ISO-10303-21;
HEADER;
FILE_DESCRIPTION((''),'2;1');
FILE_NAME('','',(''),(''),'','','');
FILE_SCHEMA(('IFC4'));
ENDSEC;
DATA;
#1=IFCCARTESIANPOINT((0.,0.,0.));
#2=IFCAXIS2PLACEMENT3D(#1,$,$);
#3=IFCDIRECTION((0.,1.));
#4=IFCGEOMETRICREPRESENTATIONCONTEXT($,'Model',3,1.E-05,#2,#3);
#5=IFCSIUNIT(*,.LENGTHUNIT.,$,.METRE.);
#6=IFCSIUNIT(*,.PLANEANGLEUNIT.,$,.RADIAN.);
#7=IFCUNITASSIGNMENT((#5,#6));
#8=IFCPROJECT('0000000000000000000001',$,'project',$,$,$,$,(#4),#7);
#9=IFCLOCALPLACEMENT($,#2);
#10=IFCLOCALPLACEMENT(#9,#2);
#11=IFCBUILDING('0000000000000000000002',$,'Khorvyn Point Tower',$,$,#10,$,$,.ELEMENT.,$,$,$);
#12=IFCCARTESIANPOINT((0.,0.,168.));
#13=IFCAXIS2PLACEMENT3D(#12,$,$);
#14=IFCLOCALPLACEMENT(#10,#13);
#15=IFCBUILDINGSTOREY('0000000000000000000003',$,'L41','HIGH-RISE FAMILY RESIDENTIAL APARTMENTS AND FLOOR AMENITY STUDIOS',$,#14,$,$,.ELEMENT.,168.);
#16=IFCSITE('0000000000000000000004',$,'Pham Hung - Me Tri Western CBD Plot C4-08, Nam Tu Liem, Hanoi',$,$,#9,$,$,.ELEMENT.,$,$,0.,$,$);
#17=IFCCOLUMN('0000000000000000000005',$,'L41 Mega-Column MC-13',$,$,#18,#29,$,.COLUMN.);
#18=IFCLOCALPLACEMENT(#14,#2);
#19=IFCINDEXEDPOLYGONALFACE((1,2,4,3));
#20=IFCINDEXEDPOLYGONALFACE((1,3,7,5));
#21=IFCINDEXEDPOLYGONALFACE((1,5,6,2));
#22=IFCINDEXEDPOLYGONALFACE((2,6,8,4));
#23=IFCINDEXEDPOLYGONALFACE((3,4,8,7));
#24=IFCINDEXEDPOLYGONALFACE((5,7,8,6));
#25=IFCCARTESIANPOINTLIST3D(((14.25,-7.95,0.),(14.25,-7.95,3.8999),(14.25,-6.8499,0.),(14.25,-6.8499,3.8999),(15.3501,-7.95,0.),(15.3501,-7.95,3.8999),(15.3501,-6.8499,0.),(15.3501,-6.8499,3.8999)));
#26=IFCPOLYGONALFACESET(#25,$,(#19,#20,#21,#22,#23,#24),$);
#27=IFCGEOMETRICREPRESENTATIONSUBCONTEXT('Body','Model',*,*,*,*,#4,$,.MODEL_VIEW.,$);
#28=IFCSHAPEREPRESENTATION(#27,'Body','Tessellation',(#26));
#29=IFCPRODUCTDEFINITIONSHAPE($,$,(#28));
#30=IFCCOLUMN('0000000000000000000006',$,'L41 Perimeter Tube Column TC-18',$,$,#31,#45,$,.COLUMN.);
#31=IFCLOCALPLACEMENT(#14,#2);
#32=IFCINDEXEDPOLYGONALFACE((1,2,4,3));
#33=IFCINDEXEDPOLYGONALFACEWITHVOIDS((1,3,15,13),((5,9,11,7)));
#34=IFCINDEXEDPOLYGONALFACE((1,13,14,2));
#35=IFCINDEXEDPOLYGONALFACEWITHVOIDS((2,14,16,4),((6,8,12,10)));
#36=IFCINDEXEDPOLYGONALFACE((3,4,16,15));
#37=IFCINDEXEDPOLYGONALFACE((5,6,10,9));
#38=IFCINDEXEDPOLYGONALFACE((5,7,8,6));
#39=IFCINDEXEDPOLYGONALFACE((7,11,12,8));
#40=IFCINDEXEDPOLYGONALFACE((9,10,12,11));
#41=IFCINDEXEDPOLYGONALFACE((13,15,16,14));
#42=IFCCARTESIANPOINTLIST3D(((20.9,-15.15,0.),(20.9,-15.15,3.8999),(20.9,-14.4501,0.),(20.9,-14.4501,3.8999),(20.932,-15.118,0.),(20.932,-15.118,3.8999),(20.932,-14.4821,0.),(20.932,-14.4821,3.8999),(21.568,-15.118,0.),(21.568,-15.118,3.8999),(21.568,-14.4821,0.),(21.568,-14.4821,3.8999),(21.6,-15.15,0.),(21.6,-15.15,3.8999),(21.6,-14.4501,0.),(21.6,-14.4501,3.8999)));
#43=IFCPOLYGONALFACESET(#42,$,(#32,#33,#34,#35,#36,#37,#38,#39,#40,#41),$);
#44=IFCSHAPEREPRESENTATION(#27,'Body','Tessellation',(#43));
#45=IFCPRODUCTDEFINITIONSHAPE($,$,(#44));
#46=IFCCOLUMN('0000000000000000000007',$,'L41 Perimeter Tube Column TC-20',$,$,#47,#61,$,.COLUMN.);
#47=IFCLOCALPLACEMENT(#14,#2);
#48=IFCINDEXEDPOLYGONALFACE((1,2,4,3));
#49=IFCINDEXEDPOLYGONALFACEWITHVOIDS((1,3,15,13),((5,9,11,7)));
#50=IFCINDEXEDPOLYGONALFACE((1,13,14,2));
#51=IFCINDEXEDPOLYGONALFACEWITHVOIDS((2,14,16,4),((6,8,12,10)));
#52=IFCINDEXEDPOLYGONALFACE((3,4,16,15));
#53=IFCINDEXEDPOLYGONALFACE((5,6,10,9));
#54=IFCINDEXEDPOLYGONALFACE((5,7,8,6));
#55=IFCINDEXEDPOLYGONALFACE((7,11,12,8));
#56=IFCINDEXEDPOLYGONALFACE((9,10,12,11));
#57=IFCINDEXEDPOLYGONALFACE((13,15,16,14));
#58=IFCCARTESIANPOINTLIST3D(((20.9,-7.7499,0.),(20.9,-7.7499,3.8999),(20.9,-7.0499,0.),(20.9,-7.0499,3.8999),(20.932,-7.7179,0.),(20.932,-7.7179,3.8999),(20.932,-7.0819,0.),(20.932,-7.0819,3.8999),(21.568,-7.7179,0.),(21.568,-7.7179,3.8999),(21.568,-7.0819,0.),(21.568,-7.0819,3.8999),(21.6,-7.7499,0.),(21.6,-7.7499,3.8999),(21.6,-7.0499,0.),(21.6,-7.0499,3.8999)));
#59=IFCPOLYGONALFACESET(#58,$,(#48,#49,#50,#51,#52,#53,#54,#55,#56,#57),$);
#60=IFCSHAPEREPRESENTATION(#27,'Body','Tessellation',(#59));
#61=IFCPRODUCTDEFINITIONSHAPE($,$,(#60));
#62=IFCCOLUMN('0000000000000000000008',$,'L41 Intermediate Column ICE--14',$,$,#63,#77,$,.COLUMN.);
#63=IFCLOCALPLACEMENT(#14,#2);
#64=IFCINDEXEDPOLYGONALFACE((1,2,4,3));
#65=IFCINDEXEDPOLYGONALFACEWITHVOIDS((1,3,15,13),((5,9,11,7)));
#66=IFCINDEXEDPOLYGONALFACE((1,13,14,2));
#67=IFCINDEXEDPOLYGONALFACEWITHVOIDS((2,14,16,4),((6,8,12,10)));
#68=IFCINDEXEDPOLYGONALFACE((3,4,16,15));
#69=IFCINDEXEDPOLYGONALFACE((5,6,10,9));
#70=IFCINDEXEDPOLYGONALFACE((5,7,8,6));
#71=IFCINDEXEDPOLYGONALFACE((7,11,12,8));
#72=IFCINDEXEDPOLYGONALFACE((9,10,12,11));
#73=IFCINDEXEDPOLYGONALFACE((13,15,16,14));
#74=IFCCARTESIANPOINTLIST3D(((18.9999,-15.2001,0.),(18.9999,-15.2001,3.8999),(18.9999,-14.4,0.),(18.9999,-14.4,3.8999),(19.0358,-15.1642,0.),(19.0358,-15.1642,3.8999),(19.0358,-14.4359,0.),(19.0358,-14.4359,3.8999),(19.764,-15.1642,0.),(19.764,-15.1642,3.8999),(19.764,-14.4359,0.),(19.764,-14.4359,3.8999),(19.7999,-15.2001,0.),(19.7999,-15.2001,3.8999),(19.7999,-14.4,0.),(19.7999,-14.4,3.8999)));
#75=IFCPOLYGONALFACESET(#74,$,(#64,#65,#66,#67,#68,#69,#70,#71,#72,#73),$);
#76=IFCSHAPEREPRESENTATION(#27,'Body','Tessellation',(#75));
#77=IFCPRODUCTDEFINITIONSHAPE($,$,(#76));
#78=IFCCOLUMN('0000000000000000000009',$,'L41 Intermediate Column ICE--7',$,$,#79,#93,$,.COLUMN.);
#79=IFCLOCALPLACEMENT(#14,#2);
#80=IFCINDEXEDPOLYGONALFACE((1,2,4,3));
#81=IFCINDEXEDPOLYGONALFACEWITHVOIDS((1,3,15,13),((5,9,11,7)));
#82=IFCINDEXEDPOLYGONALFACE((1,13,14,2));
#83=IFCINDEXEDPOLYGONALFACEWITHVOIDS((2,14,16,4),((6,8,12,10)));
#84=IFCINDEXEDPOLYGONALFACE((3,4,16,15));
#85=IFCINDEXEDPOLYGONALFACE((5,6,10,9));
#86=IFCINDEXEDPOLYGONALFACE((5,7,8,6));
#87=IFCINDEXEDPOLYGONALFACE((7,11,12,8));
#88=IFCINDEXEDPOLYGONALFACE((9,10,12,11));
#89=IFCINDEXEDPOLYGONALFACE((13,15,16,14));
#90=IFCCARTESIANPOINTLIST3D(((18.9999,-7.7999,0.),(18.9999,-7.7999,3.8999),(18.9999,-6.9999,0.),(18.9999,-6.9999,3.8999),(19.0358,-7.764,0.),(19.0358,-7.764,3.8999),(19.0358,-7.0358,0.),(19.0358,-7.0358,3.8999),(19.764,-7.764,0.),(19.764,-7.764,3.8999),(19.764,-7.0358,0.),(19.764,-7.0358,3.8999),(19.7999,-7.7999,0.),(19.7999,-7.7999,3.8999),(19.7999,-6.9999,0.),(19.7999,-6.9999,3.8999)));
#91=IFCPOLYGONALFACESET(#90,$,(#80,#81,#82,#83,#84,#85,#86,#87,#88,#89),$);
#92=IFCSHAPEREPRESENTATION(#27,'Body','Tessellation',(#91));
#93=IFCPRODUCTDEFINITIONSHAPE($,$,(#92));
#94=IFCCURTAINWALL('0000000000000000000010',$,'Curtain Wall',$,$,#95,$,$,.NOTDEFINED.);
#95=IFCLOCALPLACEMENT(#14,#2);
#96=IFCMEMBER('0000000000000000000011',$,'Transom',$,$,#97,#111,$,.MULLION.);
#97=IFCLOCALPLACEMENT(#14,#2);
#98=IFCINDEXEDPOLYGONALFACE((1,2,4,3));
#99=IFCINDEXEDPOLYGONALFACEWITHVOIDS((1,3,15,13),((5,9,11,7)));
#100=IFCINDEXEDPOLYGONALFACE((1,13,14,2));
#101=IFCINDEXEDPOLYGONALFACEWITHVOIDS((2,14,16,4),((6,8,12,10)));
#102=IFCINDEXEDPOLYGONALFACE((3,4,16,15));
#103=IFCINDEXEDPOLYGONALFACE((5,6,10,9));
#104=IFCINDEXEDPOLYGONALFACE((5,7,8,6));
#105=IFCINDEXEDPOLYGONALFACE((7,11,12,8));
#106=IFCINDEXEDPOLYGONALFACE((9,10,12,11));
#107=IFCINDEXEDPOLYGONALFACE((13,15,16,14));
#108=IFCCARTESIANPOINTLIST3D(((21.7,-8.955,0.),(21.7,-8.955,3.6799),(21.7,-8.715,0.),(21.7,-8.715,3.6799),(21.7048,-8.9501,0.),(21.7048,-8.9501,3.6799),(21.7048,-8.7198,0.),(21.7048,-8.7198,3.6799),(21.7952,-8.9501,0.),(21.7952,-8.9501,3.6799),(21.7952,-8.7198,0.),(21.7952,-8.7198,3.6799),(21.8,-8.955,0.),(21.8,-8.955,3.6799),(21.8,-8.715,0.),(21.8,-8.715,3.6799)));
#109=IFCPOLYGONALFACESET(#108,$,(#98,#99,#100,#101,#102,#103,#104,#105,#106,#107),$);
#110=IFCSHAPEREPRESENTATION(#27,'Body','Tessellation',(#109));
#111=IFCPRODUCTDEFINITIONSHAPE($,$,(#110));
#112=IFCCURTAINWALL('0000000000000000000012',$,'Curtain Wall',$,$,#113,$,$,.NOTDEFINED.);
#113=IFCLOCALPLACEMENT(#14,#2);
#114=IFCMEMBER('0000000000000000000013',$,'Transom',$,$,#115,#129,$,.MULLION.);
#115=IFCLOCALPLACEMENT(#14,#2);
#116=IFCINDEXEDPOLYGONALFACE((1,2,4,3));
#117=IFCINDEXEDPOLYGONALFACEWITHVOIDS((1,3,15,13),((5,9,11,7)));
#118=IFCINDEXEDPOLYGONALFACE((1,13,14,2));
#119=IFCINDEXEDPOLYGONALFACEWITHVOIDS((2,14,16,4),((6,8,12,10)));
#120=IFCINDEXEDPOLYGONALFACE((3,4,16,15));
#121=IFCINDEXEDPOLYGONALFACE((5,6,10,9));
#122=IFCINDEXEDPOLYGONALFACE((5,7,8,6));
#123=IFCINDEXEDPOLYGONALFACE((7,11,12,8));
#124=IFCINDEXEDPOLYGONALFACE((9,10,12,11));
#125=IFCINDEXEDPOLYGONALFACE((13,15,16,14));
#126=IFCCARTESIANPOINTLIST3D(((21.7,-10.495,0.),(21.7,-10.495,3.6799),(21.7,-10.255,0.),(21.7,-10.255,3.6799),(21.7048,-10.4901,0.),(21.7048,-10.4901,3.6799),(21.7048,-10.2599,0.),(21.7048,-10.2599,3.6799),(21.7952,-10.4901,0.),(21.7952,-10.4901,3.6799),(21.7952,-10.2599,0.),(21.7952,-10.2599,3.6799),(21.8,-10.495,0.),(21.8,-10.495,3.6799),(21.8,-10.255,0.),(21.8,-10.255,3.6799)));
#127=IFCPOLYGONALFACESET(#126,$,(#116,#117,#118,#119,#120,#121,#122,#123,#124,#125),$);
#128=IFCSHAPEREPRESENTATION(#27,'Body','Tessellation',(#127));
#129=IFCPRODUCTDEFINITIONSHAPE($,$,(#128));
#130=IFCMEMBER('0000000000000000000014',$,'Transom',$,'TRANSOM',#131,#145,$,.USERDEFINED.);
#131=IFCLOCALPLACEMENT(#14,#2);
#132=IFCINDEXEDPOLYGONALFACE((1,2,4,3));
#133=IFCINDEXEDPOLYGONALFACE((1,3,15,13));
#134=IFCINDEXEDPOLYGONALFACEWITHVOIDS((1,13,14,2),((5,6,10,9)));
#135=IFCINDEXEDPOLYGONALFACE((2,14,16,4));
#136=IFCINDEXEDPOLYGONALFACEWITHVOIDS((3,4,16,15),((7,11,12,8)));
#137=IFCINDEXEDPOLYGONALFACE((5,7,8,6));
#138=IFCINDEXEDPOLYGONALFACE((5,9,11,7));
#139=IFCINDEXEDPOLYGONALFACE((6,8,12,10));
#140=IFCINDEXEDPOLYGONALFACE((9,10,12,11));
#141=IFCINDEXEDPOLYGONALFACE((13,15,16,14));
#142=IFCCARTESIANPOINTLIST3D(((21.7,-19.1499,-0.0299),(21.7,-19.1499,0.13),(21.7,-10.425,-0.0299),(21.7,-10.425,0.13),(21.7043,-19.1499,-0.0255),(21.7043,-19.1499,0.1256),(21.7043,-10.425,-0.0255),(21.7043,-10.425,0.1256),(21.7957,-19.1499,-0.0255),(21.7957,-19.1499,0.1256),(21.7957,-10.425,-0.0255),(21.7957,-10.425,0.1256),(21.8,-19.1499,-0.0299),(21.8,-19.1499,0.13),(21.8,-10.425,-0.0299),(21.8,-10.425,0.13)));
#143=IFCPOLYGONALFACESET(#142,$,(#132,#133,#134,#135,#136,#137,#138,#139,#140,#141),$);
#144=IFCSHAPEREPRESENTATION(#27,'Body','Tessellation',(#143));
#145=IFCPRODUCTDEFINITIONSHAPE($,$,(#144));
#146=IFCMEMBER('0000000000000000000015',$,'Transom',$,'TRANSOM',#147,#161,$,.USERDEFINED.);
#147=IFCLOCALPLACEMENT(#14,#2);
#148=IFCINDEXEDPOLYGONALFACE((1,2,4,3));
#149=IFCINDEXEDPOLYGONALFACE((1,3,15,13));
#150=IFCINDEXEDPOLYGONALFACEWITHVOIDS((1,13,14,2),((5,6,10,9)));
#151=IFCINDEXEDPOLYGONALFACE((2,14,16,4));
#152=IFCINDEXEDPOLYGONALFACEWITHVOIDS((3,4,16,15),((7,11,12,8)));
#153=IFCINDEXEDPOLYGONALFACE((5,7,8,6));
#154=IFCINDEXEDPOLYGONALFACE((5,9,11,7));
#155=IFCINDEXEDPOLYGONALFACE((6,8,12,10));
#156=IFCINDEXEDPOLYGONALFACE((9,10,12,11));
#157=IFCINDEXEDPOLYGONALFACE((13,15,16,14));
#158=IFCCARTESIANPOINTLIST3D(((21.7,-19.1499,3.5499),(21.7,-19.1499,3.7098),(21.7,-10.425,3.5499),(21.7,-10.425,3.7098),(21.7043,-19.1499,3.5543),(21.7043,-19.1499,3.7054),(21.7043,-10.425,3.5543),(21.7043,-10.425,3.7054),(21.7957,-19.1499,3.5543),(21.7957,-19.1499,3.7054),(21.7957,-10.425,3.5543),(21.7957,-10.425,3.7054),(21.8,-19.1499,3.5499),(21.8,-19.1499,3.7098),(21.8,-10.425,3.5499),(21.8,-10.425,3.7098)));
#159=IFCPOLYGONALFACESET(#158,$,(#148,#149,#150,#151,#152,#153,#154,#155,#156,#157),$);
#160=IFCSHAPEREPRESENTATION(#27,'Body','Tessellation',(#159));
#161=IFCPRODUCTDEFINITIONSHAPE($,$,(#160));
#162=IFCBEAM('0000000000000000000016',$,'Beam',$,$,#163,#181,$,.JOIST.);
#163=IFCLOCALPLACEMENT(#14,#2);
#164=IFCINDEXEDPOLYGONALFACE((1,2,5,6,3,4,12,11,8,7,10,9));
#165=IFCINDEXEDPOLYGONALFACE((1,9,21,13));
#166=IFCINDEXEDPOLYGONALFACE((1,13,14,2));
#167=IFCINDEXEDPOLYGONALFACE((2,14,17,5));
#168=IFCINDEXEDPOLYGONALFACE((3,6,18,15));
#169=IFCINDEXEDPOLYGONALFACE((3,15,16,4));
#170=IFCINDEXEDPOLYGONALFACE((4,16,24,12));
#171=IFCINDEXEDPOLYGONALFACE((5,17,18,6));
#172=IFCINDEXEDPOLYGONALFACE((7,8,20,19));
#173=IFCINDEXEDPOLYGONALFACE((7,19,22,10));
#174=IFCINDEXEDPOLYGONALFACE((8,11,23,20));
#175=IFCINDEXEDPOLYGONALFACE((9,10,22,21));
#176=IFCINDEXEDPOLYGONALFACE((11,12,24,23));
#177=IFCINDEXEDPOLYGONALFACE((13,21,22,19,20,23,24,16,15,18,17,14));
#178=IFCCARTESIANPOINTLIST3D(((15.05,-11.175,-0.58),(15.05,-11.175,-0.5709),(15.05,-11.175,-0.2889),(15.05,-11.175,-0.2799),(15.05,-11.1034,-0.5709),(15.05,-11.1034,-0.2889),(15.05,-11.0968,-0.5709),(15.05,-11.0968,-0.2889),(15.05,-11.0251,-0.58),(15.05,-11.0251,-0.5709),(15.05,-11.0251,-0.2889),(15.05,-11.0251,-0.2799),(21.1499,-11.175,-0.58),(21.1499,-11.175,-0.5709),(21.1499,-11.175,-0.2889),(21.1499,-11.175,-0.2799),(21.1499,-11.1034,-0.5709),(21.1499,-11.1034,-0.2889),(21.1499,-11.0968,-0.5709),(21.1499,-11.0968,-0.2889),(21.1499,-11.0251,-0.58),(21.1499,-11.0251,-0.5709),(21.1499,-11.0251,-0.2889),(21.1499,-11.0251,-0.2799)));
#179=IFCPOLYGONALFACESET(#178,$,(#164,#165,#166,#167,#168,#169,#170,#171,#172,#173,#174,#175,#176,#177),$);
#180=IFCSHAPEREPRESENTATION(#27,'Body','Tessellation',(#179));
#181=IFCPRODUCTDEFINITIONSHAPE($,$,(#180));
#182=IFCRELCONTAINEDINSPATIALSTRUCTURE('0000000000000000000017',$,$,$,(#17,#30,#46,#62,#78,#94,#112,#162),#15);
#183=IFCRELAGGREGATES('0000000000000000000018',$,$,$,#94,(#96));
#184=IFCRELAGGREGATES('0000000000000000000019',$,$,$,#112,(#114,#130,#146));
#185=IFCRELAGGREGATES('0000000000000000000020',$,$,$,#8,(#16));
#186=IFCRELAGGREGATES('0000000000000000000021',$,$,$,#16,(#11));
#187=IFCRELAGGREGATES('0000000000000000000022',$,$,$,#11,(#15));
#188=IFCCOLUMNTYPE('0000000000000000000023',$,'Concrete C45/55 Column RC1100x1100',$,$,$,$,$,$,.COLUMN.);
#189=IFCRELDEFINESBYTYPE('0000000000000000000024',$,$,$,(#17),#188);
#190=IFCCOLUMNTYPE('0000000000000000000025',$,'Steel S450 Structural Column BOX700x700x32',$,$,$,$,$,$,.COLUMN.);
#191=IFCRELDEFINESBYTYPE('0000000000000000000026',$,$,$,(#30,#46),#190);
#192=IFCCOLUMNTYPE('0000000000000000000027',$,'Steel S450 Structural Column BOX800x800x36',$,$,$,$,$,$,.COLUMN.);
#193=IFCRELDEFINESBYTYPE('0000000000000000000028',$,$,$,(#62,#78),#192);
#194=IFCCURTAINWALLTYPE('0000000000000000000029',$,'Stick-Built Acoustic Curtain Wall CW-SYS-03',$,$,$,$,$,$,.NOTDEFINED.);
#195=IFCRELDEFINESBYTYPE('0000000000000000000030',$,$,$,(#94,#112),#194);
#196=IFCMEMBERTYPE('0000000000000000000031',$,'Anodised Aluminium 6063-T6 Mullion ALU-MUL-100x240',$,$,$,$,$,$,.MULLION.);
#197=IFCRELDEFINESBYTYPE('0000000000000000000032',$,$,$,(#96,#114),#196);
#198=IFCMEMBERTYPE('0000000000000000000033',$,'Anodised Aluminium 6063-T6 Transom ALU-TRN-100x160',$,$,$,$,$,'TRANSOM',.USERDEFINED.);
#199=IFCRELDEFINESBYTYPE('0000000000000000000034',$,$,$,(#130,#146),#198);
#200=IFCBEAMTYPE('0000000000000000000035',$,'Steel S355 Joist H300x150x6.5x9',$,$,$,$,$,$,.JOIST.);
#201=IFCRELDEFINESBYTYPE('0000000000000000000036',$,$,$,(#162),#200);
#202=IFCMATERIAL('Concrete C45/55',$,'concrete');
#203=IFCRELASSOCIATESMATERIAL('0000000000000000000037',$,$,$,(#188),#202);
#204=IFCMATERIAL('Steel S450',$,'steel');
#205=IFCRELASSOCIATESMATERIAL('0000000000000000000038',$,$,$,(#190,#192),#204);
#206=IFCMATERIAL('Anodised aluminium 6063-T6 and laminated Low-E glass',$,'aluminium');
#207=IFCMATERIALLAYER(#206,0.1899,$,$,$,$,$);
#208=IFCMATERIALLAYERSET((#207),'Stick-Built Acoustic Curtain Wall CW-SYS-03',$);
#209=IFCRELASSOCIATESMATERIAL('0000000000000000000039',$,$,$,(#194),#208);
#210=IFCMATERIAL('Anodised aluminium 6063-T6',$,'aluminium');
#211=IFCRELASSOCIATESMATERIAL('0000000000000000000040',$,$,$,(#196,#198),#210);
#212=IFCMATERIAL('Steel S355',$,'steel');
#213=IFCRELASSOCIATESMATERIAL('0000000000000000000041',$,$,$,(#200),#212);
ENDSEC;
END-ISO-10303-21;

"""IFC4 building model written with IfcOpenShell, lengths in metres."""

from ifc_helpers import new_model, si_unit, direction, frame, origin, origin_2d, place, context, subcontext, project, spatial, rectangle, hollow_rectangle, i_section, extrude, material, layer, layer_set, material_profile, profile_set, type_object, element, aggregate, save


model = new_model("IFC4")

# Units and contexts
model_context = context("Model", 3, precision=1e-05, world=origin(), true_north=direction((0.0, 1.0)))
body_context = subcontext(model_context, "Body", "Model", "MODEL_VIEW")
ifc_project = project(units=[si_unit("LENGTHUNIT", "METRE"), si_unit("PLANEANGLEUNIT", "RADIAN")], contexts=[model_context])

# Site, building, storey
site_placement = place(None, origin())
site = spatial("IfcSite", under=ifc_project, at=site_placement, Name="Pham Hung - Me Tri Western CBD Plot C4-08, Nam Tu Liem, Hanoi", CompositionType="ELEMENT", RefElevation=0.0)
building_placement = place(site_placement, origin())
building = spatial("IfcBuilding", under=site, at=building_placement, Name="Khorvyn Point Tower", CompositionType="ELEMENT")
storey_placement = place(building_placement, frame((0.0, 0.0, 168.0)))
storey = spatial("IfcBuildingStorey", under=building, at=storey_placement, Name="L41", Description="HIGH-RISE FAMILY RESIDENTIAL APARTMENTS AND FLOOR AMENITY STUDIOS", CompositionType="ELEMENT", Elevation=168.0)

# Columns
ifc_material_1 = material(Name="Concrete C45/55", Category="concrete")
ifc_material_profile_1 = material_profile(ifc_material_1, rectangle(XDim=1.1001, YDim=1.1001, at=origin_2d()))
ifc_profile_set_1 = profile_set([ifc_material_profile_1], Name="Concrete C45/55 RC1100x1100")
column_type_1 = type_object("IfcColumnType", Name="Concrete C45/55 Column RC1100x1100", PredefinedType="COLUMN", material=ifc_profile_set_1)
column_placement = place(storey_placement, frame((14.8, -7.3999, 0.0), z_axis=(0.0, 0.0, 1.0), x_axis=(1.0, 0.0, 0.0)))
element("IfcColumn", 1, at=column_placement, inside=storey, type_object=column_type_1, Name="L41 Mega-Column MC-13", PredefinedType="COLUMN", context=body_context, shape_type="SweptSolid", body=[
    extrude(rectangle(XDim=1.1001, YDim=1.1001, at=origin_2d()), origin(), (0.0, 0.0, 1.0), 3.8999),
])
ifc_material_2 = material(Name="Steel S450", Category="steel")
ifc_material_profile_2 = material_profile(ifc_material_2, hollow_rectangle(XDim=0.7, YDim=0.7, WallThickness=0.032, at=origin_2d()))
ifc_profile_set_2 = profile_set([ifc_material_profile_2], Name="Steel S450 BOX700x700x32")
column_type_2 = type_object("IfcColumnType", Name="Steel S450 Structural Column BOX700x700x32", PredefinedType="COLUMN", material=ifc_profile_set_2)
for number, where, z_axis, x_axis, name in (
    (2, (21.25, -14.8, 0.0), (0.0, 0.0, 1.0), (1.0, 0.0, 0.0), "L41 Perimeter Tube Column TC-18"),
    (3, (21.25, -7.3999, 0.0), (0.0, 0.0, 1.0), (1.0, 0.0, 0.0), "L41 Perimeter Tube Column TC-20"),
):
    element("IfcColumn", number, at=place(storey_placement, frame(where, z_axis=z_axis, x_axis=x_axis)), inside=storey, type_object=column_type_2, Name=name, PredefinedType="COLUMN", context=body_context, shape_type="SweptSolid", body=[
        extrude(hollow_rectangle(XDim=0.7, YDim=0.7, WallThickness=0.032, at=origin_2d()), origin(), (0.0, 0.0, 1.0), 3.8999),
    ])
ifc_material_profile_3 = material_profile(ifc_material_2, hollow_rectangle(XDim=0.8, YDim=0.8, WallThickness=0.0359, at=origin_2d()))
ifc_profile_set_3 = profile_set([ifc_material_profile_3], Name="Steel S450 BOX800x800x36")
column_type_3 = type_object("IfcColumnType", Name="Steel S450 Structural Column BOX800x800x36", PredefinedType="COLUMN", material=ifc_profile_set_3)
for number, where, z_axis, x_axis, name in (
    (4, (19.3999, -14.8, 0.0), (0.0, 0.0, 1.0), (1.0, 0.0, 0.0), "L41 Intermediate Column ICE--14"),
    (5, (19.3999, -7.3999, 0.0), (0.0, 0.0, 1.0), (1.0, 0.0, 0.0), "L41 Intermediate Column ICE--7"),
):
    element("IfcColumn", number, at=place(storey_placement, frame(where, z_axis=z_axis, x_axis=x_axis)), inside=storey, type_object=column_type_3, Name=name, PredefinedType="COLUMN", context=body_context, shape_type="SweptSolid", body=[
        extrude(hollow_rectangle(XDim=0.8, YDim=0.8, WallThickness=0.0359, at=origin_2d()), origin(), (0.0, 0.0, 1.0), 3.8999),
    ])

# Curtain wall, member
ifc_material_3 = material(Name="Anodised aluminium 6063-T6 and laminated Low-E glass", Category="aluminium")
ifc_layer_1 = layer(ifc_material_3, 0.1899)
ifc_layer_set_1 = layer_set([ifc_layer_1], Name="Stick-Built Acoustic Curtain Wall CW-SYS-03")
curtain_wall_type = type_object("IfcCurtainWallType", Name="Stick-Built Acoustic Curtain Wall CW-SYS-03", PredefinedType="NOTDEFINED", material=ifc_layer_set_1)
curtain_wall_1_placement = place(storey_placement, origin())
curtain_wall_1 = element("IfcCurtainWall", 6, at=curtain_wall_1_placement, inside=storey, type_object=curtain_wall_type, Name="Curtain Wall", PredefinedType="NOTDEFINED")
ifc_material_4 = material(Name="Anodised aluminium 6063-T6", Category="aluminium")
ifc_material_profile_4 = material_profile(ifc_material_4, hollow_rectangle(XDim=0.1001, YDim=0.24, WallThickness=0.0049, at=origin_2d()))
ifc_profile_set_4 = profile_set([ifc_material_profile_4], Name="Anodised aluminium 6063-T6 ALU-MUL-100x240")
member_type_1 = type_object("IfcMemberType", Name="Anodised Aluminium 6063-T6 Mullion ALU-MUL-100x240", PredefinedType="MULLION", material=ifc_profile_set_4)
member_1_placement = place(storey_placement, frame((21.75, -8.835, 0.0), z_axis=(0.0, 0.0, 1.0), x_axis=(1.0, 0.0, 0.0)))
member_1 = element("IfcMember", 7, at=member_1_placement, type_object=member_type_1, Name="Transom", PredefinedType="MULLION", context=body_context, shape_type="SweptSolid", body=[
    extrude(hollow_rectangle(XDim=0.1001, YDim=0.24, WallThickness=0.0049, at=origin_2d()), origin(), (0.0, 0.0, 1.0), 3.6799),
])
aggregate(curtain_wall_1, [member_1])

# Curtain wall, members
curtain_wall_2_placement = place(storey_placement, origin())
curtain_wall_2 = element("IfcCurtainWall", 8, at=curtain_wall_2_placement, inside=storey, type_object=curtain_wall_type, Name="Curtain Wall", PredefinedType="NOTDEFINED")
member_2_placement = place(storey_placement, frame((21.75, -10.375, 0.0), z_axis=(0.0, 0.0, 1.0), x_axis=(1.0, 0.0, 0.0)))
member_2 = element("IfcMember", 9, at=member_2_placement, type_object=member_type_1, Name="Transom", PredefinedType="MULLION", context=body_context, shape_type="SweptSolid", body=[
    extrude(hollow_rectangle(XDim=0.1001, YDim=0.24, WallThickness=0.0049, at=origin_2d()), origin(), (0.0, 0.0, 1.0), 3.6799),
])
ifc_material_profile_5 = material_profile(ifc_material_4, hollow_rectangle(XDim=0.1001, YDim=0.1599, WallThickness=0.0044, at=origin_2d()))
ifc_profile_set_5 = profile_set([ifc_material_profile_5], Name="Anodised aluminium 6063-T6 ALU-TRN-100x160")
member_type_2 = type_object("IfcMemberType", Name="Anodised Aluminium 6063-T6 Transom ALU-TRN-100x160", ElementType="TRANSOM", PredefinedType="USERDEFINED", material=ifc_profile_set_5)
member_3_placement = place(storey_placement, frame((21.75, -10.425, 0.05), z_axis=(0.0, -1.0, 0.0), x_axis=(1.0, 0.0, 0.0)))
member_3 = element("IfcMember", 10, at=member_3_placement, type_object=member_type_2, Name="Transom", ObjectType="TRANSOM", PredefinedType="USERDEFINED", context=body_context, shape_type="SweptSolid", body=[
    extrude(hollow_rectangle(XDim=0.1001, YDim=0.1599, WallThickness=0.0044, at=origin_2d()), origin(), (0.0, 0.0, 1.0), 8.7249),
])
member_4_placement = place(storey_placement, frame((21.75, -10.425, 3.6299), z_axis=(0.0, -1.0, 0.0), x_axis=(1.0, 0.0, 0.0)))
member_4 = element("IfcMember", 11, at=member_4_placement, type_object=member_type_2, Name="Transom", ObjectType="TRANSOM", PredefinedType="USERDEFINED", context=body_context, shape_type="SweptSolid", body=[
    extrude(hollow_rectangle(XDim=0.1001, YDim=0.1599, WallThickness=0.0044, at=origin_2d()), origin(), (0.0, 0.0, 1.0), 8.7249),
])

# Beam
ifc_material_5 = material(Name="Steel S355", Category="steel")
ifc_material_profile_6 = material_profile(ifc_material_5, i_section(OverallWidth=0.1499, OverallDepth=0.3, WebThickness=0.0066, FlangeThickness=0.009, at=origin_2d()))
ifc_profile_set_6 = profile_set([ifc_material_profile_6], Name="Steel S355 H300x150x6.5x9")
beam_type_1 = type_object("IfcBeamType", Name="Steel S355 Joist H300x150x6.5x9", PredefinedType="JOIST", material=ifc_profile_set_6)
beam_1_placement = place(storey_placement, frame((15.05, -11.1001, -0.4299), z_axis=(1.0, 0.0, 0.0), x_axis=(0.0, 1.0, 0.0)))
element("IfcBeam", 12, at=beam_1_placement, inside=storey, type_object=beam_type_1, Name="Beam", PredefinedType="JOIST", context=body_context, shape_type="SweptSolid", body=[
    extrude(i_section(OverallWidth=0.1499, OverallDepth=0.3, WebThickness=0.0066, FlangeThickness=0.009, at=origin_2d()), origin(), (0.0, 0.0, 1.0), 6.0999),
])

aggregate(curtain_wall_2, [member_2, member_3, member_4])

save(model, "model.ifc")
